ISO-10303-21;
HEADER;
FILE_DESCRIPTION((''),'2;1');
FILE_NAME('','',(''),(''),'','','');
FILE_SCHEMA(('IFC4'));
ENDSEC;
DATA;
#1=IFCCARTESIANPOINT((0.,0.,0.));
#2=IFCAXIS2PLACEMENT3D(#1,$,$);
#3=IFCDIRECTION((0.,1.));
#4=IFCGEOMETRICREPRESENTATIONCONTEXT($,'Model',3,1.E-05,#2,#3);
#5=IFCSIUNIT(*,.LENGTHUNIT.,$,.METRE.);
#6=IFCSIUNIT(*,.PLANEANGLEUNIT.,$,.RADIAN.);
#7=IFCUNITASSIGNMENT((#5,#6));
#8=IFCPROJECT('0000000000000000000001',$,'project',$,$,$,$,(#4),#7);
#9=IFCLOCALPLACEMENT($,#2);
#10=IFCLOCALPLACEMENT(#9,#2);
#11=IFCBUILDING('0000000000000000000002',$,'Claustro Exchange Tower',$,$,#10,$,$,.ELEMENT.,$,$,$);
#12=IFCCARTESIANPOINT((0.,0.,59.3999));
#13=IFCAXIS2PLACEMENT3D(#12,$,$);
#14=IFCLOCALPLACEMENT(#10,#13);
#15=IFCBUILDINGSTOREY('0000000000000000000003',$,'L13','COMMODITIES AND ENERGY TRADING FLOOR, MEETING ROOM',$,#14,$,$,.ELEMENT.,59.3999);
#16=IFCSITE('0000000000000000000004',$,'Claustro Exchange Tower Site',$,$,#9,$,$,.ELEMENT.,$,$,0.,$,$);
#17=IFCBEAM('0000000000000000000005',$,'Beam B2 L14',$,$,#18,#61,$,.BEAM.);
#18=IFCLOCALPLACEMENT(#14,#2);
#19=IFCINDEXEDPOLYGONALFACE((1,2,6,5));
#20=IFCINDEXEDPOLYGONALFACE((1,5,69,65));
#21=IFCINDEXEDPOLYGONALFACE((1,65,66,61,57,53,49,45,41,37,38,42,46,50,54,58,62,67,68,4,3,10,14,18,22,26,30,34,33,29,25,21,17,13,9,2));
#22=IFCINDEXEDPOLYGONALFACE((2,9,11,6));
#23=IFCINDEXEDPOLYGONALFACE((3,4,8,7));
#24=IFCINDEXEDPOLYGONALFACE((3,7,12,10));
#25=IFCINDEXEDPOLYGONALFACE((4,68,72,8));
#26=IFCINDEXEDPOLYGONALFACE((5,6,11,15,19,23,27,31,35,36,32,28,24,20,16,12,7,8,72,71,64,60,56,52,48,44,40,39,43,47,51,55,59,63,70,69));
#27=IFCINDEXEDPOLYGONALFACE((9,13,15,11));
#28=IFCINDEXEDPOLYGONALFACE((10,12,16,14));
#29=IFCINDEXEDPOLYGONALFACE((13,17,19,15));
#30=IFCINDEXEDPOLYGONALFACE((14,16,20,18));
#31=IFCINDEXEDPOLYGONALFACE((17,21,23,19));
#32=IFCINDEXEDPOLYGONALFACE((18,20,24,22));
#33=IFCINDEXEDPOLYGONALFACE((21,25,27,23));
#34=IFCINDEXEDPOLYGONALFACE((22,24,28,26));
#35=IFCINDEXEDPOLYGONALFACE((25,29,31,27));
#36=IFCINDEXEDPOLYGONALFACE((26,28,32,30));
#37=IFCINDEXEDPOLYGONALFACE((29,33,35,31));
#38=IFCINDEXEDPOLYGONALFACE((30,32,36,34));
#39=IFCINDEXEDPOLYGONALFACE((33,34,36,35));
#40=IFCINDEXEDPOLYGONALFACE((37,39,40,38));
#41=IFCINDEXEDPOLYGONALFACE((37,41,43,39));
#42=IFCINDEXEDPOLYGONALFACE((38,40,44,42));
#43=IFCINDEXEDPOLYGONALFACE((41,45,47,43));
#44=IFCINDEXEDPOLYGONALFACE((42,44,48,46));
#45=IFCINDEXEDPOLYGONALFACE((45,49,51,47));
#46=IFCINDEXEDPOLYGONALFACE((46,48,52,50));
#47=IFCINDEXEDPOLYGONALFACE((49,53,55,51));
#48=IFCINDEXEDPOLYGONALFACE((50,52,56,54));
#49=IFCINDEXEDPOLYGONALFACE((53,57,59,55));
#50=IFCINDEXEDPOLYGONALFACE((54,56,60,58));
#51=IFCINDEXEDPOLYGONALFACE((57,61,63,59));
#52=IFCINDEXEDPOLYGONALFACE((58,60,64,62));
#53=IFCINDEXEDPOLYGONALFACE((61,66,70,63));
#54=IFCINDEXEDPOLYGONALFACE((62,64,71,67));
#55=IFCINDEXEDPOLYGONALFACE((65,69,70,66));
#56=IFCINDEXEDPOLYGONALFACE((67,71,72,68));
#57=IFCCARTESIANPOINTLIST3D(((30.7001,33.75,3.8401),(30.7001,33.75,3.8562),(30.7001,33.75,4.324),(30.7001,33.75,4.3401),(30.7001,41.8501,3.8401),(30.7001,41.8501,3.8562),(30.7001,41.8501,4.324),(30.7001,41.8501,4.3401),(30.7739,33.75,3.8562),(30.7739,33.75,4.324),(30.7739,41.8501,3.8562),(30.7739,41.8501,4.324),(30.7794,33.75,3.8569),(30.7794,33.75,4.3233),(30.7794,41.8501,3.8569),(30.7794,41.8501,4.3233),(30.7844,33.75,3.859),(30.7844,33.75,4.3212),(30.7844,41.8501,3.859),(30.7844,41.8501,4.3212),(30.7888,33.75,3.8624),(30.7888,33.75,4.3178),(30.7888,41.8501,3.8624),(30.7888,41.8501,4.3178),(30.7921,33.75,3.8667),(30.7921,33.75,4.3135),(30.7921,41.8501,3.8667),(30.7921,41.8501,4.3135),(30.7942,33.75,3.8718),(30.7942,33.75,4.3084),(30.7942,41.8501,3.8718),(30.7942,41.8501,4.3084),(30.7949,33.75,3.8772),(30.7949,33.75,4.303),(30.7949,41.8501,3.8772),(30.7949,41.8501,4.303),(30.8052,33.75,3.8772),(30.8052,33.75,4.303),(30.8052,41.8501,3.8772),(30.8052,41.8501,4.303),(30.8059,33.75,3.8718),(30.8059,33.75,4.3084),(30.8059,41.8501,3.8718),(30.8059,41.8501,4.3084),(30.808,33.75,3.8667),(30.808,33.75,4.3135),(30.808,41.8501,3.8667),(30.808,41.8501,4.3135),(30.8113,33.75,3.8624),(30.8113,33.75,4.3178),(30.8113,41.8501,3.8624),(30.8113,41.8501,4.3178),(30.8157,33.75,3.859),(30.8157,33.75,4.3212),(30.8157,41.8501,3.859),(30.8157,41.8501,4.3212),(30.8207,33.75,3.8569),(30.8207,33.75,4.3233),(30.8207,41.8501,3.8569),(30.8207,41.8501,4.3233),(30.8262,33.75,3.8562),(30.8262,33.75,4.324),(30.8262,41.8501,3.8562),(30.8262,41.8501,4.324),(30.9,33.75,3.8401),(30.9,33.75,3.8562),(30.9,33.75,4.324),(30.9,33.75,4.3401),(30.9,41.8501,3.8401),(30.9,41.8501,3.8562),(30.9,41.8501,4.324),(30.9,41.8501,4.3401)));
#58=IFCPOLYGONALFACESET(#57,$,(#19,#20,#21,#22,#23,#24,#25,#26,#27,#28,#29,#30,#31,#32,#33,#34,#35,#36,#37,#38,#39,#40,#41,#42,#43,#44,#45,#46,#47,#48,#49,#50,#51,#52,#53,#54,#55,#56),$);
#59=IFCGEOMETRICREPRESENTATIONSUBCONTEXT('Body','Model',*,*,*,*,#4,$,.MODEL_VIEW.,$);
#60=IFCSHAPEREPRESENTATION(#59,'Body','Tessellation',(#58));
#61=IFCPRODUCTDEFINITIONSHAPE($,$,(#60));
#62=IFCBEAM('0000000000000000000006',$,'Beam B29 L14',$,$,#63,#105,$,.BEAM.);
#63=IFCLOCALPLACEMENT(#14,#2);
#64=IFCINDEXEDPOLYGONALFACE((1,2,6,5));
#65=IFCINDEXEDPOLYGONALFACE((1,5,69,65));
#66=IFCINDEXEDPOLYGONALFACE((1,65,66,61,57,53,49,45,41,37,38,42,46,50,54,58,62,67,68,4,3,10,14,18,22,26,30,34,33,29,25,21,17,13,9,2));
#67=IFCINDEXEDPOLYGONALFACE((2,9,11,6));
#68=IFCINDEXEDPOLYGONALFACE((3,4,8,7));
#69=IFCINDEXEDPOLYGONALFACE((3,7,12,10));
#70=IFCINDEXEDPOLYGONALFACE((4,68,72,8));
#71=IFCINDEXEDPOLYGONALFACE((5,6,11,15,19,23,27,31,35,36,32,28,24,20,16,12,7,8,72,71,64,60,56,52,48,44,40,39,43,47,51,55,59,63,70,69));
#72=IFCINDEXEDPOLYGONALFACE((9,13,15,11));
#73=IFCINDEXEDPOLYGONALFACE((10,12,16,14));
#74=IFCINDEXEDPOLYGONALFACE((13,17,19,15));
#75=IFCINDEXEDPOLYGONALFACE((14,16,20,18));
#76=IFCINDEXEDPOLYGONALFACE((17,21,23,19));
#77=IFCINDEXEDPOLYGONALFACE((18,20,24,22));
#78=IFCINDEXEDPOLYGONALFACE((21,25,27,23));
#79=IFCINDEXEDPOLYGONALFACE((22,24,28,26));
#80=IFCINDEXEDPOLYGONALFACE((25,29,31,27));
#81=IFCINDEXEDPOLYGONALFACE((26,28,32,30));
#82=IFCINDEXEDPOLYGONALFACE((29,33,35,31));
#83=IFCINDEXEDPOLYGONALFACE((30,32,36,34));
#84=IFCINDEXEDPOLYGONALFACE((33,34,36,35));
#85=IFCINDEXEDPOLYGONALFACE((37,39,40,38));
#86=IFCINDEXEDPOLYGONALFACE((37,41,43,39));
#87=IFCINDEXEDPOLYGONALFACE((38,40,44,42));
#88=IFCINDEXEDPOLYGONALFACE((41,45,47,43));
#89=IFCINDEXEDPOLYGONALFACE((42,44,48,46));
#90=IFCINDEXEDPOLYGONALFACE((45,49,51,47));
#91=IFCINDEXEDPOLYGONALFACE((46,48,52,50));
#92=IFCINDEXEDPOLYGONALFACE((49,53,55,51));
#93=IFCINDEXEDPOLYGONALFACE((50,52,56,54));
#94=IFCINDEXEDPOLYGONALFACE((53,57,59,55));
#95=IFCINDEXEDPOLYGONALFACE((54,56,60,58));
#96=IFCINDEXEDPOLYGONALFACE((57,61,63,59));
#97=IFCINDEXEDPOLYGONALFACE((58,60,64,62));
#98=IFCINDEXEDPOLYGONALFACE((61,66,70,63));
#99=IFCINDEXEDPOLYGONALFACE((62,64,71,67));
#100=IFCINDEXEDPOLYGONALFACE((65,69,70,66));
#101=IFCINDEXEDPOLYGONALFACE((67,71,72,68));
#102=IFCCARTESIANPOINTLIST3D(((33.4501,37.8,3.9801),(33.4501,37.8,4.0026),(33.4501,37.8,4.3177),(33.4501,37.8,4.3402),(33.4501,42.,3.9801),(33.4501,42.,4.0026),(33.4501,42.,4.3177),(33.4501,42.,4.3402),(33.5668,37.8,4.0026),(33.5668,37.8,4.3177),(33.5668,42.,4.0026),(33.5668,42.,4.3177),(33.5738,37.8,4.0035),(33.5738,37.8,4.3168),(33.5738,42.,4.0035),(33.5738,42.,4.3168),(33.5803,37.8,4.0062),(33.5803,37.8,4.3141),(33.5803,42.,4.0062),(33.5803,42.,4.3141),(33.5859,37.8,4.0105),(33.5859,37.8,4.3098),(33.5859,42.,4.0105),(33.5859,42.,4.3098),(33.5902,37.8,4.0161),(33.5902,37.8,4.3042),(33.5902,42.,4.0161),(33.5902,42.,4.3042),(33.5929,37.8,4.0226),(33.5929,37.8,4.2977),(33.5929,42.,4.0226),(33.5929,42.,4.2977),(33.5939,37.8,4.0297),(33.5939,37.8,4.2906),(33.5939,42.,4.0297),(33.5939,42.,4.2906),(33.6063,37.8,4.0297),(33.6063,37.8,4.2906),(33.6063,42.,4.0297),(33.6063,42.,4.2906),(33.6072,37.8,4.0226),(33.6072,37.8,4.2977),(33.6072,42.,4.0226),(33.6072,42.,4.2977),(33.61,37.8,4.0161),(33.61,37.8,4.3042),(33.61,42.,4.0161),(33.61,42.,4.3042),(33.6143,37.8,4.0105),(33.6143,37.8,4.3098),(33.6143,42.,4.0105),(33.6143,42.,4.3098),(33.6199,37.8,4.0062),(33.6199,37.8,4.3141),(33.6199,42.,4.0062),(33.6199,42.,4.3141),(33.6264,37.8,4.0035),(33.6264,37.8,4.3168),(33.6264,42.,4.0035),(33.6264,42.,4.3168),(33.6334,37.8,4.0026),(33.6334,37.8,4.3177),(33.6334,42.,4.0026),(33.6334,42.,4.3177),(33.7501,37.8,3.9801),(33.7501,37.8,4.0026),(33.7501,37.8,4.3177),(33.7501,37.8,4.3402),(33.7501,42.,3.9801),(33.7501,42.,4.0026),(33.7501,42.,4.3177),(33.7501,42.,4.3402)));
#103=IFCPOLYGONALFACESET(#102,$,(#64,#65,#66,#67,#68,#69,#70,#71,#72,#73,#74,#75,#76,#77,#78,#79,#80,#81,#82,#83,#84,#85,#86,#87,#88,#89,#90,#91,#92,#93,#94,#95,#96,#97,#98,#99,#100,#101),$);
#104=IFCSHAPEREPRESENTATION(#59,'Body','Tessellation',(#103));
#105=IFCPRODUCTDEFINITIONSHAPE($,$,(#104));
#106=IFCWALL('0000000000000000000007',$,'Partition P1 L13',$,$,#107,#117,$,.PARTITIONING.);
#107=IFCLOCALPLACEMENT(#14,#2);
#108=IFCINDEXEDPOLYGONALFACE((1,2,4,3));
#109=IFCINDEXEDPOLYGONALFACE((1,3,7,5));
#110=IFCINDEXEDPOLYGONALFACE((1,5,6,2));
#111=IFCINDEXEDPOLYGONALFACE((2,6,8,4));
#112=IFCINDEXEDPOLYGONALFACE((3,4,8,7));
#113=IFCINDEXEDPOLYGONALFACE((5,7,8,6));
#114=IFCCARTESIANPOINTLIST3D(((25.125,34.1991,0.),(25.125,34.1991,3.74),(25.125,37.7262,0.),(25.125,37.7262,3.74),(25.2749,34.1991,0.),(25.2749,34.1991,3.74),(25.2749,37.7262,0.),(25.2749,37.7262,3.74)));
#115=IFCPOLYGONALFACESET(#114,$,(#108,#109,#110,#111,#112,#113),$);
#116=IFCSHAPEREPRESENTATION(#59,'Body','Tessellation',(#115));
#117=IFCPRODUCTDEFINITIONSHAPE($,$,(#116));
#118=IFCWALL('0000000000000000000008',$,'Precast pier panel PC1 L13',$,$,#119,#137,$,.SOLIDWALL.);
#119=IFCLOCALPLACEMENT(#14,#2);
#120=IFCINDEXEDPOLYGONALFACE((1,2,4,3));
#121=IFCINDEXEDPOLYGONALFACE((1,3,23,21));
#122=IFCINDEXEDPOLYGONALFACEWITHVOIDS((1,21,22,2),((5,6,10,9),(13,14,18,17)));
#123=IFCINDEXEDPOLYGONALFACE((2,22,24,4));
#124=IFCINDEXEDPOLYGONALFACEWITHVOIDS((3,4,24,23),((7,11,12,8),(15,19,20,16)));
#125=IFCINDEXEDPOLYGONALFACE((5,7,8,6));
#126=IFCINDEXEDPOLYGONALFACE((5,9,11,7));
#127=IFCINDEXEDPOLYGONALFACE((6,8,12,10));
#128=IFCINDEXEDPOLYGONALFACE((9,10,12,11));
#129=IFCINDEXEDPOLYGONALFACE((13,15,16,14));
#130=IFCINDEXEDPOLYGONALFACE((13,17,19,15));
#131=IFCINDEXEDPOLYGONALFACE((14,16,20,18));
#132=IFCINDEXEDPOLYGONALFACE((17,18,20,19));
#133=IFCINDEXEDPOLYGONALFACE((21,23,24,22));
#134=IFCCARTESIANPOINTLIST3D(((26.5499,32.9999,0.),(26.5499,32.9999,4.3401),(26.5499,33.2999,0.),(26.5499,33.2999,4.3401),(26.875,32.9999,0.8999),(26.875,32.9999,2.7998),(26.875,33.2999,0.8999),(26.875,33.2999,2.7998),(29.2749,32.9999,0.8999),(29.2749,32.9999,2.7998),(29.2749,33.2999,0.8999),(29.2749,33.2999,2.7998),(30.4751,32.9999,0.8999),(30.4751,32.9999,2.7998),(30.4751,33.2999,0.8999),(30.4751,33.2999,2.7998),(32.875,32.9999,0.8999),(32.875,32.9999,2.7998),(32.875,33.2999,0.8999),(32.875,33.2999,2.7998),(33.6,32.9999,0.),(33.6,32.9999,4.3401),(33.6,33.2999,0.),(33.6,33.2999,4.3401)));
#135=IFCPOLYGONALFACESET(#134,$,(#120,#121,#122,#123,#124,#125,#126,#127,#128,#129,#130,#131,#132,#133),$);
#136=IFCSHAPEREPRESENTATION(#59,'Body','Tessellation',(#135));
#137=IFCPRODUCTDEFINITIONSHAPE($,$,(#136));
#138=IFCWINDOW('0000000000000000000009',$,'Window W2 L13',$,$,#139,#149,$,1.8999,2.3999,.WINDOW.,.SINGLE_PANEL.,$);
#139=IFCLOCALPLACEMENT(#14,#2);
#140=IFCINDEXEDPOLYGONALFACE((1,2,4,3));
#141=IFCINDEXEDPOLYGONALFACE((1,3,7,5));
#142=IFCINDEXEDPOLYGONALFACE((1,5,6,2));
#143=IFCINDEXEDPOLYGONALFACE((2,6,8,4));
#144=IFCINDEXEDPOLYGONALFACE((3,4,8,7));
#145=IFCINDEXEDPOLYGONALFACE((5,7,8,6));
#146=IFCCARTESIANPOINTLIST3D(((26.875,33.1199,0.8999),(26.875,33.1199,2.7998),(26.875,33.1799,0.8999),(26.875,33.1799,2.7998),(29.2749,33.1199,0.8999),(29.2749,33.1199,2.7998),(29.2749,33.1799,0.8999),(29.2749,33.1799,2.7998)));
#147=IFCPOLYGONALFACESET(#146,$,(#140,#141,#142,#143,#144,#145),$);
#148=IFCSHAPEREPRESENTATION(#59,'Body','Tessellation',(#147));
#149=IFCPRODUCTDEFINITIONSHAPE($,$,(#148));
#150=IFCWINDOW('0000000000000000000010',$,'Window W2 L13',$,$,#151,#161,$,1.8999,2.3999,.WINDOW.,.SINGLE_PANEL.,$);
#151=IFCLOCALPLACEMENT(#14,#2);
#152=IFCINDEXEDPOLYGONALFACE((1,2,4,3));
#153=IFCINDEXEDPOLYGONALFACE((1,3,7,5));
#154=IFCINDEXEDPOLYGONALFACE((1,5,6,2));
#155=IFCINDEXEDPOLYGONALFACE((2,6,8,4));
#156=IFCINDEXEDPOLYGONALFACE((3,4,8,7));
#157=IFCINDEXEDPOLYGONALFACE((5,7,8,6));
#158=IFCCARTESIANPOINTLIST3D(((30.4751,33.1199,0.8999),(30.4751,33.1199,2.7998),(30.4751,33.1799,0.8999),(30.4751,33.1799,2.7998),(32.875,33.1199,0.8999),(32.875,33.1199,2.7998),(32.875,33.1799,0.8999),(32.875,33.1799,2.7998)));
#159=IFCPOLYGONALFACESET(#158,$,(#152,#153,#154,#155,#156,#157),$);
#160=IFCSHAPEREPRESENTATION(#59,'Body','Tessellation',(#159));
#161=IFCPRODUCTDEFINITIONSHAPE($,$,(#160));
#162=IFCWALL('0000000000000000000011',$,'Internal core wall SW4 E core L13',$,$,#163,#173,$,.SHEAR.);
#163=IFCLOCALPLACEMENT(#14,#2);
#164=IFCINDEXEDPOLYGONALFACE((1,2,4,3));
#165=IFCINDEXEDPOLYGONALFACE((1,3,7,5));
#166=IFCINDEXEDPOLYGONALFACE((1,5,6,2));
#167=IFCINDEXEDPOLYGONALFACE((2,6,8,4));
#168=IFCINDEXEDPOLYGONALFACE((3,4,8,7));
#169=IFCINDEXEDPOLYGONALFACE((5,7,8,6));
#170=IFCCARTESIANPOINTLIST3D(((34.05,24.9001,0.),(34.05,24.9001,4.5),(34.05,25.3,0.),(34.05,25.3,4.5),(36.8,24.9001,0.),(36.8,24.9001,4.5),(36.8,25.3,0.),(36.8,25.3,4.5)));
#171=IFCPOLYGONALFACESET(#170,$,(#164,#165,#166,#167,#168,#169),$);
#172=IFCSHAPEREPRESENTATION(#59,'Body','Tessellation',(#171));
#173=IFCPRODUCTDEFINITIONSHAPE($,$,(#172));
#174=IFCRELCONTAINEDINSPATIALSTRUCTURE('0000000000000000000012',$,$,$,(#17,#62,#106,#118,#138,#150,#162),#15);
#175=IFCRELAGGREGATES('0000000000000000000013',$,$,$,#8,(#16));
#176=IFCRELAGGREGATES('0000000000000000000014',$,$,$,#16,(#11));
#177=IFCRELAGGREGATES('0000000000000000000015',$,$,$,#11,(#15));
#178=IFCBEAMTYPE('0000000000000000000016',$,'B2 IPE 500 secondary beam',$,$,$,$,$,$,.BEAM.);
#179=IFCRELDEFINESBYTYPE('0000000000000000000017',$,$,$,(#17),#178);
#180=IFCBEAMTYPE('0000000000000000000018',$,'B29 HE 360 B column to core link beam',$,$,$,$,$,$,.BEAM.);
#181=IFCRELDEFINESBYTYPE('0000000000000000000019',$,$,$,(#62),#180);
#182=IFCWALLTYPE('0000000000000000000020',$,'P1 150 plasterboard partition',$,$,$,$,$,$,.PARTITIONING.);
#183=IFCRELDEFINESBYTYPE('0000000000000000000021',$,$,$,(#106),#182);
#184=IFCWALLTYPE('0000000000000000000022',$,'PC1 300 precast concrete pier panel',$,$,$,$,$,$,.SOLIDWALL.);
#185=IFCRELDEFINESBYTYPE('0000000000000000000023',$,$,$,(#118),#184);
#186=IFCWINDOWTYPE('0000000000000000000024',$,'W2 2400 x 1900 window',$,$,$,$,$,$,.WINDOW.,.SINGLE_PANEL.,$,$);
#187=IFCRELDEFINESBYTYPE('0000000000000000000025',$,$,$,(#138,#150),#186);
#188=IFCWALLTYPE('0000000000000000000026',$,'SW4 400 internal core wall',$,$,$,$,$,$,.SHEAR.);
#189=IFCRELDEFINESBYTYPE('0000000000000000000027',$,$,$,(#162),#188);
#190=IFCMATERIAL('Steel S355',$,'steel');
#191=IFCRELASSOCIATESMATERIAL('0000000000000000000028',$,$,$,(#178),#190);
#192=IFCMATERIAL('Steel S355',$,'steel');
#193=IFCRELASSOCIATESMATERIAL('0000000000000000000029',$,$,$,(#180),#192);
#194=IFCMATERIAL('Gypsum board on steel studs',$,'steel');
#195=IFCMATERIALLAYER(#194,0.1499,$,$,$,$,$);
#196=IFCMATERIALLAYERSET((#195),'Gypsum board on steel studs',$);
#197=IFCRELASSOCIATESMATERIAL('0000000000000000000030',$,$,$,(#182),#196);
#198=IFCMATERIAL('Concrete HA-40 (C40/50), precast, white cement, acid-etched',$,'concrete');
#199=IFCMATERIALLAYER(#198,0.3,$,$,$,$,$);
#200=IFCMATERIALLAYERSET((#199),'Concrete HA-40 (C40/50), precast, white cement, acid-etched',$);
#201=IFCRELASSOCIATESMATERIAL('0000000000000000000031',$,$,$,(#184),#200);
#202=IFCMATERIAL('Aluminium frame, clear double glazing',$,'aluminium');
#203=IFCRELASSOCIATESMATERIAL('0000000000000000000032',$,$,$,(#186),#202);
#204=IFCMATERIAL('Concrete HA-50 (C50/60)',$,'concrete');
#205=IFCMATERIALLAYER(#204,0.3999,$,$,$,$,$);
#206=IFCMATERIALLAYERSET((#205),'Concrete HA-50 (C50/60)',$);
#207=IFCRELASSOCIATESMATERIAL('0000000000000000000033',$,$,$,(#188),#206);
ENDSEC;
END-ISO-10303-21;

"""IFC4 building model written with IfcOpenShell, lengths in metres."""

from ifc_helpers import new_model, si_unit, direction, frame, frame_2d, origin, origin_2d, place, context, subcontext, project, spatial, rectangle, i_section, extrude, material, layer, layer_set, material_profile, profile_set, type_object, element, fill, save


model = new_model("IFC4")

# Units and contexts
model_context = context("Model", 3, precision=1e-05, world=origin(), true_north=direction((0.0, 1.0)))
body_context = subcontext(model_context, "Body", "Model", "MODEL_VIEW")
ifc_project = project(units=[si_unit("LENGTHUNIT", "METRE"), si_unit("PLANEANGLEUNIT", "RADIAN")], contexts=[model_context])

# Site, building, storey
site_placement = place(None, origin())
site = spatial("IfcSite", under=ifc_project, at=site_placement, Name="Claustro Exchange Tower Site", CompositionType="ELEMENT", RefElevation=0.0)
building_placement = place(site_placement, origin())
building = spatial("IfcBuilding", under=site, at=building_placement, Name="Claustro Exchange Tower", CompositionType="ELEMENT")
storey_placement = place(building_placement, frame((0.0, 0.0, 59.3999)))
storey = spatial("IfcBuildingStorey", under=building, at=storey_placement, Name="L13", Description="COMMODITIES AND ENERGY TRADING FLOOR, MEETING ROOM", CompositionType="ELEMENT", Elevation=59.3999)

# Beams
ifc_material_1 = material(Name="Steel S355", Category="steel")
ifc_material_profile_1 = material_profile(ifc_material_1, i_section(OverallWidth=0.2, OverallDepth=0.5, WebThickness=0.0103, FlangeThickness=0.0161, FilletRadius=0.021, at=origin_2d()), Name="IPE 500")
ifc_profile_set_1 = profile_set([ifc_material_profile_1], Name="Steel S355")
beam_type_1 = type_object("IfcBeamType", Name="B2 IPE 500 secondary beam", PredefinedType="BEAM", material=ifc_profile_set_1)
for number, where, z_axis, x_axis, name in (
    (1, (30.8, 33.75, 4.0901), (0.0, 1.0, 0.0), (-1.0, 0.0, 0.0), "Beam B2 L14"),
):
    element("IfcBeam", number, at=place(storey_placement, frame(where, z_axis=z_axis, x_axis=x_axis)), inside=storey, type_object=beam_type_1, Name=name, PredefinedType="BEAM", context=body_context, shape_type="SweptSolid", body=[
        extrude(i_section(OverallWidth=0.2, OverallDepth=0.5, WebThickness=0.0103, FlangeThickness=0.0161, FilletRadius=0.021, at=origin_2d()), origin(), (0.0, 0.0, 1.0), 8.1001),
    ])
ifc_material_2 = material(Name="Steel S355", Category="steel")
ifc_material_profile_2 = material_profile(ifc_material_2, i_section(OverallWidth=0.3, OverallDepth=0.3601, WebThickness=0.0125, FlangeThickness=0.0225, FilletRadius=0.0271, at=origin_2d()), Name="HE 360 B")
ifc_profile_set_2 = profile_set([ifc_material_profile_2], Name="Steel S355")
beam_type_2 = type_object("IfcBeamType", Name="B29 HE 360 B column to core link beam", PredefinedType="BEAM", material=ifc_profile_set_2)
beam_1_placement = place(storey_placement, frame((33.6001, 37.8, 4.1602), z_axis=(0.0, 1.0, 0.0), x_axis=(-1.0, 0.0, 0.0)))
element("IfcBeam", 2, at=beam_1_placement, inside=storey, type_object=beam_type_2, Name="Beam B29 L14", PredefinedType="BEAM", context=body_context, shape_type="SweptSolid", body=[
    extrude(i_section(OverallWidth=0.3, OverallDepth=0.3601, WebThickness=0.0125, FlangeThickness=0.0225, FilletRadius=0.0271, at=origin_2d()), origin(), (0.0, 0.0, 1.0), 4.2),
])

# Wall
ifc_material_3 = material(Name="Gypsum board on steel studs", Category="steel")
ifc_layer_1 = layer(ifc_material_3, 0.1499)
ifc_layer_set_1 = layer_set([ifc_layer_1], Name="Gypsum board on steel studs")
wall_type_1 = type_object("IfcWallType", Name="P1 150 plasterboard partition", PredefinedType="PARTITIONING", material=ifc_layer_set_1)
wall_1_placement = place(storey_placement, frame((25.2, 34.199, 0.0), z_axis=(0.0, 0.0, 1.0), x_axis=(0.0, 1.0, 0.0)))
element("IfcWall", 3, at=wall_1_placement, inside=storey, type_object=wall_type_1, Name="Partition P1 L13", PredefinedType="PARTITIONING", context=body_context, shape_type="SweptSolid", body=[
    extrude(rectangle(XDim=3.5271, YDim=0.1499, at=frame_2d((1.7637, 0.0))), origin(), (0.0, 0.0, 1.0), 3.74),
])

# Wall, openings, windows
ifc_material_4 = material(Name="Concrete HA-40 (C40/50), precast, white cement, acid-etched", Category="concrete")
ifc_layer_2 = layer(ifc_material_4, 0.3)
ifc_layer_set_2 = layer_set([ifc_layer_2], Name="Concrete HA-40 (C40/50), precast, white cement, acid-etched")
wall_type_2 = type_object("IfcWallType", Name="PC1 300 precast concrete pier panel", PredefinedType="SOLIDWALL", material=ifc_layer_set_2)
wall_2_placement = place(storey_placement, frame((26.55, 33.1499, 0.0), z_axis=(0.0, 0.0, 1.0), x_axis=(1.0, 0.0, 0.0)))
wall_2 = element("IfcWall", 4, at=wall_2_placement, inside=storey, type_object=wall_type_2, Name="Precast pier panel PC1 L13", PredefinedType="SOLIDWALL", context=body_context, shape_type="SweptSolid", body=[
    extrude(rectangle(XDim=7.05, YDim=0.3, at=frame_2d((3.5249, 0.0))), origin(), (0.0, 0.0, 1.0), 4.3401),
])
opening_1_placement = place(wall_2_placement, frame((0.325, 0.0, 0.8999)))
opening_1 = element("IfcOpeningElement", 5, at=opening_1_placement, cuts=wall_2, PredefinedType="OPENING", context=body_context, shape_type="SweptSolid", body=[
    extrude(rectangle(XDim=2.3999, YDim=1.8999, at=frame_2d((1.2, 0.95))), frame((0.0, 0.1599, 0.0), z_axis=(0.0, -1.0, 0.0), x_axis=(1.0, 0.0, 0.0)), (0.0, 0.0, 1.0), 0.3201),
])
opening_2_placement = place(wall_2_placement, frame((3.925, 0.0, 0.8999)))
opening_2 = element("IfcOpeningElement", 6, at=opening_2_placement, cuts=wall_2, PredefinedType="OPENING", context=body_context, shape_type="SweptSolid", body=[
    extrude(rectangle(XDim=2.3999, YDim=1.8999, at=frame_2d((1.2, 0.95))), frame((0.0, 0.1599, 0.0), z_axis=(0.0, -1.0, 0.0), x_axis=(1.0, 0.0, 0.0)), (0.0, 0.0, 1.0), 0.3201),
])
ifc_material_5 = material(Name="Aluminium frame, clear double glazing", Category="aluminium")
window_type = type_object("IfcWindowType", Name="W2 2400 x 1900 window", PartitioningType="SINGLE_PANEL", PredefinedType="WINDOW", material=ifc_material_5)
window_1_placement = place(opening_1_placement, origin())
window_1 = element("IfcWindow", 7, at=window_1_placement, inside=storey, type_object=window_type, Name="Window W2 L13", OverallHeight=1.8999, OverallWidth=2.3999, PartitioningType="SINGLE_PANEL", PredefinedType="WINDOW", context=body_context, shape_type="SweptSolid", body=[
    extrude(rectangle(XDim=2.3999, YDim=1.8999, at=frame_2d((1.2, 0.95))), frame((0.0, 0.03, 0.0), z_axis=(0.0, -1.0, 0.0), x_axis=(1.0, 0.0, 0.0)), (0.0, 0.0, 1.0), 0.0601),
])
fill(opening_1, window_1)
window_2_placement = place(opening_2_placement, origin())
window_2 = element("IfcWindow", 8, at=window_2_placement, inside=storey, type_object=window_type, Name="Window W2 L13", OverallHeight=1.8999, OverallWidth=2.3999, PartitioningType="SINGLE_PANEL", PredefinedType="WINDOW", context=body_context, shape_type="SweptSolid", body=[
    extrude(rectangle(XDim=2.3999, YDim=1.8999, at=frame_2d((1.2, 0.95))), frame((0.0, 0.03, 0.0), z_axis=(0.0, -1.0, 0.0), x_axis=(1.0, 0.0, 0.0)), (0.0, 0.0, 1.0), 0.0601),
])
fill(opening_2, window_2)

# Wall
ifc_material_6 = material(Name="Concrete HA-50 (C50/60)", Category="concrete")
ifc_layer_3 = layer(ifc_material_6, 0.3999)
ifc_layer_set_3 = layer_set([ifc_layer_3], Name="Concrete HA-50 (C50/60)")
wall_type_3 = type_object("IfcWallType", Name="SW4 400 internal core wall", PredefinedType="SHEAR", material=ifc_layer_set_3)
wall_3_placement = place(storey_placement, frame((36.8, 25.1001, 0.0), z_axis=(0.0, 0.0, 1.0), x_axis=(-1.0, 0.0, 0.0)))
element("IfcWall", 9, at=wall_3_placement, inside=storey, type_object=wall_type_3, Name="Internal core wall SW4 E core L13", PredefinedType="SHEAR", context=body_context, shape_type="SweptSolid", body=[
    extrude(rectangle(XDim=2.75, YDim=0.3999, at=frame_2d((1.375, 0.0))), origin(), (0.0, 0.0, 1.0), 4.5),
])

save(model, "model.ifc")
